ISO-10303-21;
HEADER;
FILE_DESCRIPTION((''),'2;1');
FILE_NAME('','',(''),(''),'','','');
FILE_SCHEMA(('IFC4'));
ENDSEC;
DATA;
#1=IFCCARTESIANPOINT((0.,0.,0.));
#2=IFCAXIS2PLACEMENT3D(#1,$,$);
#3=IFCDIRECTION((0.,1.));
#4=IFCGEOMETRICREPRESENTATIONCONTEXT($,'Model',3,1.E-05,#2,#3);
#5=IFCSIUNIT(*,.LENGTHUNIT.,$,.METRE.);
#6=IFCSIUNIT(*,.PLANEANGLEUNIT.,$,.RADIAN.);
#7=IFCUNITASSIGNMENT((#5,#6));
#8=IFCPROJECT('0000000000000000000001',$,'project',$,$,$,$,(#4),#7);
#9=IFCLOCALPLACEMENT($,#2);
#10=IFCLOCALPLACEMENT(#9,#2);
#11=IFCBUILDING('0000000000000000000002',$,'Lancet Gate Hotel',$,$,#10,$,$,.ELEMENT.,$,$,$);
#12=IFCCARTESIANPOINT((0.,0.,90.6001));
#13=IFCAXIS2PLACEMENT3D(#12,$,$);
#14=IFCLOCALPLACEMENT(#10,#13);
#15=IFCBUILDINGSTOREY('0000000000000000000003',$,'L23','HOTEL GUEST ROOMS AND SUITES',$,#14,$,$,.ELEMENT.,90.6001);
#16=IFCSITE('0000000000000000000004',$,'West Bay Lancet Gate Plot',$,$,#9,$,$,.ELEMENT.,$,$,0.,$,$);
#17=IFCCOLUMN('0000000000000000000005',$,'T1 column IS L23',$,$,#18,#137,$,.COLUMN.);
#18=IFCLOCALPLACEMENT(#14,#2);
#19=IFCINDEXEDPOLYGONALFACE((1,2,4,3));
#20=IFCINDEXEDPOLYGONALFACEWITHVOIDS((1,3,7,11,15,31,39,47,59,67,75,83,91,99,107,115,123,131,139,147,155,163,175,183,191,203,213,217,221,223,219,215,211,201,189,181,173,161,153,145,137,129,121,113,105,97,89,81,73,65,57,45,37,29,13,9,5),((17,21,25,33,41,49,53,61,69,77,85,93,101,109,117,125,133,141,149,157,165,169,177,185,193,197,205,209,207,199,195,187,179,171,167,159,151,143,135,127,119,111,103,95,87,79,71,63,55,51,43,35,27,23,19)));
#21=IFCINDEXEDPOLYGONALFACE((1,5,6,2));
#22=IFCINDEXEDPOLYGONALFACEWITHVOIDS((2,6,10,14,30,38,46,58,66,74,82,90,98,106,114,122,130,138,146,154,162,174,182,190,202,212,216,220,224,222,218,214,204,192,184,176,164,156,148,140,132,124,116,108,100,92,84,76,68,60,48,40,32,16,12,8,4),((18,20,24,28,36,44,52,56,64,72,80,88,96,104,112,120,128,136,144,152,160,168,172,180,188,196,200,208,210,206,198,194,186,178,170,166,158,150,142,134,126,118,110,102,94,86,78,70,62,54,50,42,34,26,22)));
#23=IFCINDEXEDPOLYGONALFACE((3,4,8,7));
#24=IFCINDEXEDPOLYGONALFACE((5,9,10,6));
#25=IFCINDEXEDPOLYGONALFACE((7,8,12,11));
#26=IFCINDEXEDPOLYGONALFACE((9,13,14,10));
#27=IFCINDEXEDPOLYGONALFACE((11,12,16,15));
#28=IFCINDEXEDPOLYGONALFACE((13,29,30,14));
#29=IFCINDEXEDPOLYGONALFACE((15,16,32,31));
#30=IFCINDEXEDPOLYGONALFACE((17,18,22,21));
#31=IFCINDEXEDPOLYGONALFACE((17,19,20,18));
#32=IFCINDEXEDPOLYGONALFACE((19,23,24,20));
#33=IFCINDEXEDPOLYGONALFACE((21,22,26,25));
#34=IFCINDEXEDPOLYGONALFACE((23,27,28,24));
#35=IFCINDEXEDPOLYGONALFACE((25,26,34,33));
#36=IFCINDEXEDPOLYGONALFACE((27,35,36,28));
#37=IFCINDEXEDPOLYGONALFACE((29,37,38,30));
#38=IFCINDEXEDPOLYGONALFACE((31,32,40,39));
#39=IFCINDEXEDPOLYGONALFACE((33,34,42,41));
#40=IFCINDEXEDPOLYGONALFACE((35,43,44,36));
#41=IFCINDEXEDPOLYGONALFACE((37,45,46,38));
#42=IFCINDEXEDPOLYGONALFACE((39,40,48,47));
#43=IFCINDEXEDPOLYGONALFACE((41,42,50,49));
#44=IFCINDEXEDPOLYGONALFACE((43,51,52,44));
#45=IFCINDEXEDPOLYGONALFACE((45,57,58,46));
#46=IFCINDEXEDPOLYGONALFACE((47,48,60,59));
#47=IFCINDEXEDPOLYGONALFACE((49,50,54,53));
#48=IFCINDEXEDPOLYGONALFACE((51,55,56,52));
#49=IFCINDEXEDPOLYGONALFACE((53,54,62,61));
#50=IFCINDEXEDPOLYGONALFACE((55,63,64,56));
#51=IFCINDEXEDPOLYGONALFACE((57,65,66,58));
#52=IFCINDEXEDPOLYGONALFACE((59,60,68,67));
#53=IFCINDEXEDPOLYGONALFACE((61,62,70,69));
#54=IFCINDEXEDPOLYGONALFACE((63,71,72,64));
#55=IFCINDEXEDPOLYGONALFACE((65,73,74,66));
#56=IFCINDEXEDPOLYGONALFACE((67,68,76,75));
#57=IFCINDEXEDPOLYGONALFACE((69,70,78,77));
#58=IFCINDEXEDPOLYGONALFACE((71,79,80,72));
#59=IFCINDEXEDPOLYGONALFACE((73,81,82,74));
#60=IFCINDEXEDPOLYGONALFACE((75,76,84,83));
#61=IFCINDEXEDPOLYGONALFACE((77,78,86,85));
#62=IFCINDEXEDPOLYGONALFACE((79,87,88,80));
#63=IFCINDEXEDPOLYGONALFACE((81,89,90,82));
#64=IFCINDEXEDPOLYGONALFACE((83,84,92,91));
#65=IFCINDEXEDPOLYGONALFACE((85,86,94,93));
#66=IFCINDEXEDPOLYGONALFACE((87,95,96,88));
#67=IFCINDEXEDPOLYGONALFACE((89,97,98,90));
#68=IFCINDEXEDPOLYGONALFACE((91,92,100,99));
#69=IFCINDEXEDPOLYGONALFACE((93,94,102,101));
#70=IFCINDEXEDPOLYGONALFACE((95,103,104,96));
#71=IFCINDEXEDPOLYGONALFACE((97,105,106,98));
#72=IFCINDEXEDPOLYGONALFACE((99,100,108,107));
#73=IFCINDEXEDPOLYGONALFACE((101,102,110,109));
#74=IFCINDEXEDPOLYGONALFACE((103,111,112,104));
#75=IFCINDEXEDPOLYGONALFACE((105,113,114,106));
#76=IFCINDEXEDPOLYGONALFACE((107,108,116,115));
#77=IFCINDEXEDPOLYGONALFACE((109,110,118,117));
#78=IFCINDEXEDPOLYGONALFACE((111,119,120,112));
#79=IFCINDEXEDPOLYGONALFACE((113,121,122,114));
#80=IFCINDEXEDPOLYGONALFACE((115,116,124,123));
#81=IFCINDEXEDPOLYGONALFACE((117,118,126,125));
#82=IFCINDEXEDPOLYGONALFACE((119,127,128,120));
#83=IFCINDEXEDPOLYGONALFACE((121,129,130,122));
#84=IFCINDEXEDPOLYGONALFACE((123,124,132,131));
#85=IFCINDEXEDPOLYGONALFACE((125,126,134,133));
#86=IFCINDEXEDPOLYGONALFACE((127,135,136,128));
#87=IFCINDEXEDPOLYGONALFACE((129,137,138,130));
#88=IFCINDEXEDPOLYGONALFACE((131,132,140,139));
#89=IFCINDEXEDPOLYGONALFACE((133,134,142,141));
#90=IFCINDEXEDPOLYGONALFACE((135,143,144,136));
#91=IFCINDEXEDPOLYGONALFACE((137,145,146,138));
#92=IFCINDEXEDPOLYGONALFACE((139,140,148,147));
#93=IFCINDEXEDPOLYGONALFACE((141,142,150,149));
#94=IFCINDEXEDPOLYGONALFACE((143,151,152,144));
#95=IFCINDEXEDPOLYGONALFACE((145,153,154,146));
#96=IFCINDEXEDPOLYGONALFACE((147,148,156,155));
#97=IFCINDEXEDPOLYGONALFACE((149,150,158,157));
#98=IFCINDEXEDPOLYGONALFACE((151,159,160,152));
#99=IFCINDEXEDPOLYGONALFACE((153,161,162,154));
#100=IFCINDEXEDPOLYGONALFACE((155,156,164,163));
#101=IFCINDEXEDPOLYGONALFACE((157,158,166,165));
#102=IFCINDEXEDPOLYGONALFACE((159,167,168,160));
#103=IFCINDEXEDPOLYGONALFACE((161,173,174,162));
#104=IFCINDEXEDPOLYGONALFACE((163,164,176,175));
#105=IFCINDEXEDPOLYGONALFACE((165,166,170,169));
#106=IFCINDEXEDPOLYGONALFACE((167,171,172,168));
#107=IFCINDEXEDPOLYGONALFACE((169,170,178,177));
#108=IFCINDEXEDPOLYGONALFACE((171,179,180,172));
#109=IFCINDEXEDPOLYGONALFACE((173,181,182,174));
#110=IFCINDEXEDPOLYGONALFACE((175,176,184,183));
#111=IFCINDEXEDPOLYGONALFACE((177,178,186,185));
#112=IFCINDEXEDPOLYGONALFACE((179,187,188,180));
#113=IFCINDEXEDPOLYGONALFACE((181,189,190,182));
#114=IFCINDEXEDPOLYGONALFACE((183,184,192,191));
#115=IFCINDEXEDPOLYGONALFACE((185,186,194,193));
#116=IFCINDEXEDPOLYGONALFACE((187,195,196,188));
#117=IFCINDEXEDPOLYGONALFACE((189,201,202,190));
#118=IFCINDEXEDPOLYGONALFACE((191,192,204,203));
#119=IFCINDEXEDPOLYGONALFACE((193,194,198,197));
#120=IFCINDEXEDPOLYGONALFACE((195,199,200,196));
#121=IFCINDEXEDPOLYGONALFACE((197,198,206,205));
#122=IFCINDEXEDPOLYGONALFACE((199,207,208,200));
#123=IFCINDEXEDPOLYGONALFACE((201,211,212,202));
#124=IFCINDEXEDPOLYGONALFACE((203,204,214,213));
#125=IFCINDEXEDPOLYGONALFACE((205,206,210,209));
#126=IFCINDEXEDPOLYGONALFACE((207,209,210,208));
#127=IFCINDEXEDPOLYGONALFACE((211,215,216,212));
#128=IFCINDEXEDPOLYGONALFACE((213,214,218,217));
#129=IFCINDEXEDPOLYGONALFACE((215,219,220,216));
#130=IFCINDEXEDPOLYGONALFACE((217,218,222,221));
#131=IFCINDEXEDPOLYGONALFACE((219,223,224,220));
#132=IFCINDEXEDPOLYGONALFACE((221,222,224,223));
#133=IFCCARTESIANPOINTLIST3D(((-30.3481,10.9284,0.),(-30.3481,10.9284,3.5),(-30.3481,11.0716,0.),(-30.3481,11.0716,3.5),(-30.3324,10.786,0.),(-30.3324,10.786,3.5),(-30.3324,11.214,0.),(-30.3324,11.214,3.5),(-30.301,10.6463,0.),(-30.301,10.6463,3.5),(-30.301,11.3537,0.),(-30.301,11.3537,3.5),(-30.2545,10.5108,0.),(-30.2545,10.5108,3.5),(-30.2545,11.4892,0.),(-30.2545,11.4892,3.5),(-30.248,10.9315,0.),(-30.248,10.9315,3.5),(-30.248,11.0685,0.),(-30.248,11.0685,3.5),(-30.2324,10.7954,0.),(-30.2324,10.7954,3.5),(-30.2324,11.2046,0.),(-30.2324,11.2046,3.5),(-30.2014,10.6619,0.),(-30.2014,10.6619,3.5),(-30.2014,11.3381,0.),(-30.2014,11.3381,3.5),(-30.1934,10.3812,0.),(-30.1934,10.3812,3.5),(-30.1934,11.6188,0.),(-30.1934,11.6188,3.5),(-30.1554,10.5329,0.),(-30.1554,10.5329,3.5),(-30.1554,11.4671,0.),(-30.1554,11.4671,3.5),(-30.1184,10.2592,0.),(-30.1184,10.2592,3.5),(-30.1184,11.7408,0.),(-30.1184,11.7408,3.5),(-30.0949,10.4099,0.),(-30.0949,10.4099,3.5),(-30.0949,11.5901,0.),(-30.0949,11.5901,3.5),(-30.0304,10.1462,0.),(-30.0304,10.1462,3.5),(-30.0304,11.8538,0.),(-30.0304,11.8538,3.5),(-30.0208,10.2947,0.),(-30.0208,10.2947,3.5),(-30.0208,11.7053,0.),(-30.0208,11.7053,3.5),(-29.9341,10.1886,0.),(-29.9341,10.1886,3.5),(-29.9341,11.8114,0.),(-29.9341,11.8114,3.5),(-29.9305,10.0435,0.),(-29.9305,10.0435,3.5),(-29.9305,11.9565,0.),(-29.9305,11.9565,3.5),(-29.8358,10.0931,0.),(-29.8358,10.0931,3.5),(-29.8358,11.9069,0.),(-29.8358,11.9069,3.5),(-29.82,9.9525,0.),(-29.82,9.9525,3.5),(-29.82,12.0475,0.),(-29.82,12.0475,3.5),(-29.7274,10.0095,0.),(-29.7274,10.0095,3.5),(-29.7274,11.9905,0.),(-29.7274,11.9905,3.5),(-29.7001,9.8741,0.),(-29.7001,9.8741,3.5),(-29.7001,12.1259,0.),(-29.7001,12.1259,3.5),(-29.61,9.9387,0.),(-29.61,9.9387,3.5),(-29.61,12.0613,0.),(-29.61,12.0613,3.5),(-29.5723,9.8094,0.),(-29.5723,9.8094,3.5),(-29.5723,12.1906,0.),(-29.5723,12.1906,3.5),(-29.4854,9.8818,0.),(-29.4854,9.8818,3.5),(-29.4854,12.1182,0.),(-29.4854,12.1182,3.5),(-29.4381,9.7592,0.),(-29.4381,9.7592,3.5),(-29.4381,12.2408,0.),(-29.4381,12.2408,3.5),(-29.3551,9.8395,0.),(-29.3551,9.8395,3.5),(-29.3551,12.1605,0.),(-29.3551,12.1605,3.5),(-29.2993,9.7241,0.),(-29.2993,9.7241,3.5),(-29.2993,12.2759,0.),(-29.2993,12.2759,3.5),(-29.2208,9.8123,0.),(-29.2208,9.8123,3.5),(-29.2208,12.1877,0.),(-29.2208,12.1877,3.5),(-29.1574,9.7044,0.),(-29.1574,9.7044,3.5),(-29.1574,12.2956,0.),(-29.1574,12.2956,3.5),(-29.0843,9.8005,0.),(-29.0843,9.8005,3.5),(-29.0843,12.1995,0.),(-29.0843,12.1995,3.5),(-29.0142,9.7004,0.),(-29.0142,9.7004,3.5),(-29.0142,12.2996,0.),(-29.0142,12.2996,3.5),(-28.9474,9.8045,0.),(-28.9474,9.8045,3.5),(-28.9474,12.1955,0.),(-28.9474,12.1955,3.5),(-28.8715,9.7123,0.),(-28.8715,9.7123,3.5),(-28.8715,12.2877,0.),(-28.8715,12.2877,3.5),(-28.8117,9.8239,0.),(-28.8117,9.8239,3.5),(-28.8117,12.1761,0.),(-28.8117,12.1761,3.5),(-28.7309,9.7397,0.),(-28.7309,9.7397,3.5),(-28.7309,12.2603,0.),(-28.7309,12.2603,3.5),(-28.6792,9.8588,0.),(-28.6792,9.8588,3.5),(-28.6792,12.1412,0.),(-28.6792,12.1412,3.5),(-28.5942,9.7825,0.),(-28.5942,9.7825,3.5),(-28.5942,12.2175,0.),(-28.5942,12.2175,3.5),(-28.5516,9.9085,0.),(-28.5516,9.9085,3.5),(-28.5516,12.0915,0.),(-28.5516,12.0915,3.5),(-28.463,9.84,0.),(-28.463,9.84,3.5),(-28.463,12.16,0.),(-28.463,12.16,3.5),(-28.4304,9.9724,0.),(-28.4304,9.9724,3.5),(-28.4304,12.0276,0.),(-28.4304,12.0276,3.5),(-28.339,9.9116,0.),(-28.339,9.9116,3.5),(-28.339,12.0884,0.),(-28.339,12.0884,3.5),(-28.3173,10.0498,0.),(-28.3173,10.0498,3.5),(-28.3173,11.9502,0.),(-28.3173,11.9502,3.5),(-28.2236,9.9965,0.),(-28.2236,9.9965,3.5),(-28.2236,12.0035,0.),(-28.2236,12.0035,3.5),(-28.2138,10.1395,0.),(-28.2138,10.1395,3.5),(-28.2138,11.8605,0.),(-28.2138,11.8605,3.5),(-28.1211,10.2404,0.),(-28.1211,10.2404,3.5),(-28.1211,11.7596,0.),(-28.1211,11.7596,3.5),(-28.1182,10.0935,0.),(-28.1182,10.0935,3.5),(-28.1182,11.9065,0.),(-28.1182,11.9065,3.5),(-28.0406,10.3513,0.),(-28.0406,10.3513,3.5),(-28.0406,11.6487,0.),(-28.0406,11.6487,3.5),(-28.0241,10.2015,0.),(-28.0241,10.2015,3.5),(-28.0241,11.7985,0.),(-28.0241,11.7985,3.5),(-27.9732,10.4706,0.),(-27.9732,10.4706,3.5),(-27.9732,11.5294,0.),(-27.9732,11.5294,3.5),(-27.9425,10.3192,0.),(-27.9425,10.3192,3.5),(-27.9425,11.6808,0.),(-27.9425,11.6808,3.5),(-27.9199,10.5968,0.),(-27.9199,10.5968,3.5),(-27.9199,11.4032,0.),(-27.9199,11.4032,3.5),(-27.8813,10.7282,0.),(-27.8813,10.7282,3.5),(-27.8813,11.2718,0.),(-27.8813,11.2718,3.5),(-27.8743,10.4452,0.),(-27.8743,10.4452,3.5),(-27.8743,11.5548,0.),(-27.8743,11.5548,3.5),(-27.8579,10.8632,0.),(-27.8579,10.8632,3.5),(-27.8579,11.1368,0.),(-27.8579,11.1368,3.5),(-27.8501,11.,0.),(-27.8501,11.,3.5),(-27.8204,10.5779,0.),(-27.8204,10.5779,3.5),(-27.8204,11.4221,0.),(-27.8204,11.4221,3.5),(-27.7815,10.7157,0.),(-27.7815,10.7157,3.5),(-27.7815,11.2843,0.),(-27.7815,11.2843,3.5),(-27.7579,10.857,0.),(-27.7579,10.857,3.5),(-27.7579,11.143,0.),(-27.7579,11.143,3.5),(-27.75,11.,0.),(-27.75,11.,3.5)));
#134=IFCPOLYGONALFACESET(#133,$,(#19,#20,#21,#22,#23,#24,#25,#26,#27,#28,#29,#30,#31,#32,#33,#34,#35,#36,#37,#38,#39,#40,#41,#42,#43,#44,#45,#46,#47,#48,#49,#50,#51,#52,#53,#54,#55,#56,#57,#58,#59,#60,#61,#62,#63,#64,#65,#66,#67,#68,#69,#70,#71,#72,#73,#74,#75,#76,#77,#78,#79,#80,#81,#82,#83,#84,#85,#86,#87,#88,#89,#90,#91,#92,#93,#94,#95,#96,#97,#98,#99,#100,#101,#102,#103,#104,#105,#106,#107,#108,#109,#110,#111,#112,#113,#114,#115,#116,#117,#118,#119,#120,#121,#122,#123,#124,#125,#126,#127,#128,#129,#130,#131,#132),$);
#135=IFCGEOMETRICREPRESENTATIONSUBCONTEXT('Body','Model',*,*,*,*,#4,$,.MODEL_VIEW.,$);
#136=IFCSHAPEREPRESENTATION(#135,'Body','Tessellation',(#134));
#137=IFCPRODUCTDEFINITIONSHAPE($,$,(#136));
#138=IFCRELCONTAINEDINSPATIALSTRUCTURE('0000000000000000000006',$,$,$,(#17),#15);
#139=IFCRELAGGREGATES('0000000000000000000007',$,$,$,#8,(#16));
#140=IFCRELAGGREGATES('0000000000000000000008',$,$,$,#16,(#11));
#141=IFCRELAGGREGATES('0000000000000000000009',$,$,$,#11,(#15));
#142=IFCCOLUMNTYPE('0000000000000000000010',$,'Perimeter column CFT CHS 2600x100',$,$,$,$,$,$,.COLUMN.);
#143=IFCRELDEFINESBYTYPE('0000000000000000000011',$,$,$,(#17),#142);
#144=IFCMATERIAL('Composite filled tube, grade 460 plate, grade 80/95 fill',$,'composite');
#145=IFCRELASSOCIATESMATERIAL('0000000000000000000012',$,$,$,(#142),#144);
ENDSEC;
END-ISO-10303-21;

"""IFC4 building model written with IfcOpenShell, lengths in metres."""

from ifc_helpers import new_model, si_unit, direction, frame, origin, origin_2d, place, context, subcontext, project, spatial, hollow_circle, extrude, material, material_profile, profile_set, type_object, element, save


model = new_model("IFC4")

# Units and contexts
model_context = context("Model", 3, precision=1e-05, world=origin(), true_north=direction((0.0, 1.0)))
body_context = subcontext(model_context, "Body", "Model", "MODEL_VIEW")
ifc_project = project(units=[si_unit("LENGTHUNIT", "METRE"), si_unit("PLANEANGLEUNIT", "RADIAN")], contexts=[model_context])

# Site, building, storey
site_placement = place(None, origin())
site = spatial("IfcSite", under=ifc_project, at=site_placement, Name="West Bay Lancet Gate Plot", CompositionType="ELEMENT", RefElevation=0.0)
building_placement = place(site_placement, origin())
building = spatial("IfcBuilding", under=site, at=building_placement, Name="Lancet Gate Hotel", CompositionType="ELEMENT")
storey_placement = place(building_placement, frame((0.0, 0.0, 90.6001)))
storey = spatial("IfcBuildingStorey", under=building, at=storey_placement, Name="L23", Description="HOTEL GUEST ROOMS AND SUITES", CompositionType="ELEMENT", Elevation=90.6001)

# Column
ifc_material_1 = material(Name="Composite filled tube, grade 460 plate, grade 80/95 fill", Category="composite")
ifc_material_profile_1 = material_profile(ifc_material_1, hollow_circle(Radius=1.3, WallThickness=0.1001, at=origin_2d()), Name="CHS 2600x100")
ifc_profile_set_1 = profile_set([ifc_material_profile_1], Name="Composite filled tube, grade 460 plate, grade 80/95 fill")
column_type = type_object("IfcColumnType", Name="Perimeter column CFT CHS 2600x100", PredefinedType="COLUMN", material=ifc_profile_set_1)
for number, where, z_axis, x_axis, name in (
    (1, (-29.05, 11.0, 0.0), (0.0, 0.0, 1.0), (1.0, 0.0, 0.0), "T1 column IS L23"),
):
    element("IfcColumn", number, at=place(storey_placement, frame(where, z_axis=z_axis, x_axis=x_axis)), inside=storey, type_object=column_type, Name=name, PredefinedType="COLUMN", context=body_context, shape_type="SweptSolid", body=[
        extrude(hollow_circle(Radius=1.3, WallThickness=0.1001, at=origin_2d()), origin(), (0.0, 0.0, 1.0), 3.5),
    ])

save(model, "model.ifc")
